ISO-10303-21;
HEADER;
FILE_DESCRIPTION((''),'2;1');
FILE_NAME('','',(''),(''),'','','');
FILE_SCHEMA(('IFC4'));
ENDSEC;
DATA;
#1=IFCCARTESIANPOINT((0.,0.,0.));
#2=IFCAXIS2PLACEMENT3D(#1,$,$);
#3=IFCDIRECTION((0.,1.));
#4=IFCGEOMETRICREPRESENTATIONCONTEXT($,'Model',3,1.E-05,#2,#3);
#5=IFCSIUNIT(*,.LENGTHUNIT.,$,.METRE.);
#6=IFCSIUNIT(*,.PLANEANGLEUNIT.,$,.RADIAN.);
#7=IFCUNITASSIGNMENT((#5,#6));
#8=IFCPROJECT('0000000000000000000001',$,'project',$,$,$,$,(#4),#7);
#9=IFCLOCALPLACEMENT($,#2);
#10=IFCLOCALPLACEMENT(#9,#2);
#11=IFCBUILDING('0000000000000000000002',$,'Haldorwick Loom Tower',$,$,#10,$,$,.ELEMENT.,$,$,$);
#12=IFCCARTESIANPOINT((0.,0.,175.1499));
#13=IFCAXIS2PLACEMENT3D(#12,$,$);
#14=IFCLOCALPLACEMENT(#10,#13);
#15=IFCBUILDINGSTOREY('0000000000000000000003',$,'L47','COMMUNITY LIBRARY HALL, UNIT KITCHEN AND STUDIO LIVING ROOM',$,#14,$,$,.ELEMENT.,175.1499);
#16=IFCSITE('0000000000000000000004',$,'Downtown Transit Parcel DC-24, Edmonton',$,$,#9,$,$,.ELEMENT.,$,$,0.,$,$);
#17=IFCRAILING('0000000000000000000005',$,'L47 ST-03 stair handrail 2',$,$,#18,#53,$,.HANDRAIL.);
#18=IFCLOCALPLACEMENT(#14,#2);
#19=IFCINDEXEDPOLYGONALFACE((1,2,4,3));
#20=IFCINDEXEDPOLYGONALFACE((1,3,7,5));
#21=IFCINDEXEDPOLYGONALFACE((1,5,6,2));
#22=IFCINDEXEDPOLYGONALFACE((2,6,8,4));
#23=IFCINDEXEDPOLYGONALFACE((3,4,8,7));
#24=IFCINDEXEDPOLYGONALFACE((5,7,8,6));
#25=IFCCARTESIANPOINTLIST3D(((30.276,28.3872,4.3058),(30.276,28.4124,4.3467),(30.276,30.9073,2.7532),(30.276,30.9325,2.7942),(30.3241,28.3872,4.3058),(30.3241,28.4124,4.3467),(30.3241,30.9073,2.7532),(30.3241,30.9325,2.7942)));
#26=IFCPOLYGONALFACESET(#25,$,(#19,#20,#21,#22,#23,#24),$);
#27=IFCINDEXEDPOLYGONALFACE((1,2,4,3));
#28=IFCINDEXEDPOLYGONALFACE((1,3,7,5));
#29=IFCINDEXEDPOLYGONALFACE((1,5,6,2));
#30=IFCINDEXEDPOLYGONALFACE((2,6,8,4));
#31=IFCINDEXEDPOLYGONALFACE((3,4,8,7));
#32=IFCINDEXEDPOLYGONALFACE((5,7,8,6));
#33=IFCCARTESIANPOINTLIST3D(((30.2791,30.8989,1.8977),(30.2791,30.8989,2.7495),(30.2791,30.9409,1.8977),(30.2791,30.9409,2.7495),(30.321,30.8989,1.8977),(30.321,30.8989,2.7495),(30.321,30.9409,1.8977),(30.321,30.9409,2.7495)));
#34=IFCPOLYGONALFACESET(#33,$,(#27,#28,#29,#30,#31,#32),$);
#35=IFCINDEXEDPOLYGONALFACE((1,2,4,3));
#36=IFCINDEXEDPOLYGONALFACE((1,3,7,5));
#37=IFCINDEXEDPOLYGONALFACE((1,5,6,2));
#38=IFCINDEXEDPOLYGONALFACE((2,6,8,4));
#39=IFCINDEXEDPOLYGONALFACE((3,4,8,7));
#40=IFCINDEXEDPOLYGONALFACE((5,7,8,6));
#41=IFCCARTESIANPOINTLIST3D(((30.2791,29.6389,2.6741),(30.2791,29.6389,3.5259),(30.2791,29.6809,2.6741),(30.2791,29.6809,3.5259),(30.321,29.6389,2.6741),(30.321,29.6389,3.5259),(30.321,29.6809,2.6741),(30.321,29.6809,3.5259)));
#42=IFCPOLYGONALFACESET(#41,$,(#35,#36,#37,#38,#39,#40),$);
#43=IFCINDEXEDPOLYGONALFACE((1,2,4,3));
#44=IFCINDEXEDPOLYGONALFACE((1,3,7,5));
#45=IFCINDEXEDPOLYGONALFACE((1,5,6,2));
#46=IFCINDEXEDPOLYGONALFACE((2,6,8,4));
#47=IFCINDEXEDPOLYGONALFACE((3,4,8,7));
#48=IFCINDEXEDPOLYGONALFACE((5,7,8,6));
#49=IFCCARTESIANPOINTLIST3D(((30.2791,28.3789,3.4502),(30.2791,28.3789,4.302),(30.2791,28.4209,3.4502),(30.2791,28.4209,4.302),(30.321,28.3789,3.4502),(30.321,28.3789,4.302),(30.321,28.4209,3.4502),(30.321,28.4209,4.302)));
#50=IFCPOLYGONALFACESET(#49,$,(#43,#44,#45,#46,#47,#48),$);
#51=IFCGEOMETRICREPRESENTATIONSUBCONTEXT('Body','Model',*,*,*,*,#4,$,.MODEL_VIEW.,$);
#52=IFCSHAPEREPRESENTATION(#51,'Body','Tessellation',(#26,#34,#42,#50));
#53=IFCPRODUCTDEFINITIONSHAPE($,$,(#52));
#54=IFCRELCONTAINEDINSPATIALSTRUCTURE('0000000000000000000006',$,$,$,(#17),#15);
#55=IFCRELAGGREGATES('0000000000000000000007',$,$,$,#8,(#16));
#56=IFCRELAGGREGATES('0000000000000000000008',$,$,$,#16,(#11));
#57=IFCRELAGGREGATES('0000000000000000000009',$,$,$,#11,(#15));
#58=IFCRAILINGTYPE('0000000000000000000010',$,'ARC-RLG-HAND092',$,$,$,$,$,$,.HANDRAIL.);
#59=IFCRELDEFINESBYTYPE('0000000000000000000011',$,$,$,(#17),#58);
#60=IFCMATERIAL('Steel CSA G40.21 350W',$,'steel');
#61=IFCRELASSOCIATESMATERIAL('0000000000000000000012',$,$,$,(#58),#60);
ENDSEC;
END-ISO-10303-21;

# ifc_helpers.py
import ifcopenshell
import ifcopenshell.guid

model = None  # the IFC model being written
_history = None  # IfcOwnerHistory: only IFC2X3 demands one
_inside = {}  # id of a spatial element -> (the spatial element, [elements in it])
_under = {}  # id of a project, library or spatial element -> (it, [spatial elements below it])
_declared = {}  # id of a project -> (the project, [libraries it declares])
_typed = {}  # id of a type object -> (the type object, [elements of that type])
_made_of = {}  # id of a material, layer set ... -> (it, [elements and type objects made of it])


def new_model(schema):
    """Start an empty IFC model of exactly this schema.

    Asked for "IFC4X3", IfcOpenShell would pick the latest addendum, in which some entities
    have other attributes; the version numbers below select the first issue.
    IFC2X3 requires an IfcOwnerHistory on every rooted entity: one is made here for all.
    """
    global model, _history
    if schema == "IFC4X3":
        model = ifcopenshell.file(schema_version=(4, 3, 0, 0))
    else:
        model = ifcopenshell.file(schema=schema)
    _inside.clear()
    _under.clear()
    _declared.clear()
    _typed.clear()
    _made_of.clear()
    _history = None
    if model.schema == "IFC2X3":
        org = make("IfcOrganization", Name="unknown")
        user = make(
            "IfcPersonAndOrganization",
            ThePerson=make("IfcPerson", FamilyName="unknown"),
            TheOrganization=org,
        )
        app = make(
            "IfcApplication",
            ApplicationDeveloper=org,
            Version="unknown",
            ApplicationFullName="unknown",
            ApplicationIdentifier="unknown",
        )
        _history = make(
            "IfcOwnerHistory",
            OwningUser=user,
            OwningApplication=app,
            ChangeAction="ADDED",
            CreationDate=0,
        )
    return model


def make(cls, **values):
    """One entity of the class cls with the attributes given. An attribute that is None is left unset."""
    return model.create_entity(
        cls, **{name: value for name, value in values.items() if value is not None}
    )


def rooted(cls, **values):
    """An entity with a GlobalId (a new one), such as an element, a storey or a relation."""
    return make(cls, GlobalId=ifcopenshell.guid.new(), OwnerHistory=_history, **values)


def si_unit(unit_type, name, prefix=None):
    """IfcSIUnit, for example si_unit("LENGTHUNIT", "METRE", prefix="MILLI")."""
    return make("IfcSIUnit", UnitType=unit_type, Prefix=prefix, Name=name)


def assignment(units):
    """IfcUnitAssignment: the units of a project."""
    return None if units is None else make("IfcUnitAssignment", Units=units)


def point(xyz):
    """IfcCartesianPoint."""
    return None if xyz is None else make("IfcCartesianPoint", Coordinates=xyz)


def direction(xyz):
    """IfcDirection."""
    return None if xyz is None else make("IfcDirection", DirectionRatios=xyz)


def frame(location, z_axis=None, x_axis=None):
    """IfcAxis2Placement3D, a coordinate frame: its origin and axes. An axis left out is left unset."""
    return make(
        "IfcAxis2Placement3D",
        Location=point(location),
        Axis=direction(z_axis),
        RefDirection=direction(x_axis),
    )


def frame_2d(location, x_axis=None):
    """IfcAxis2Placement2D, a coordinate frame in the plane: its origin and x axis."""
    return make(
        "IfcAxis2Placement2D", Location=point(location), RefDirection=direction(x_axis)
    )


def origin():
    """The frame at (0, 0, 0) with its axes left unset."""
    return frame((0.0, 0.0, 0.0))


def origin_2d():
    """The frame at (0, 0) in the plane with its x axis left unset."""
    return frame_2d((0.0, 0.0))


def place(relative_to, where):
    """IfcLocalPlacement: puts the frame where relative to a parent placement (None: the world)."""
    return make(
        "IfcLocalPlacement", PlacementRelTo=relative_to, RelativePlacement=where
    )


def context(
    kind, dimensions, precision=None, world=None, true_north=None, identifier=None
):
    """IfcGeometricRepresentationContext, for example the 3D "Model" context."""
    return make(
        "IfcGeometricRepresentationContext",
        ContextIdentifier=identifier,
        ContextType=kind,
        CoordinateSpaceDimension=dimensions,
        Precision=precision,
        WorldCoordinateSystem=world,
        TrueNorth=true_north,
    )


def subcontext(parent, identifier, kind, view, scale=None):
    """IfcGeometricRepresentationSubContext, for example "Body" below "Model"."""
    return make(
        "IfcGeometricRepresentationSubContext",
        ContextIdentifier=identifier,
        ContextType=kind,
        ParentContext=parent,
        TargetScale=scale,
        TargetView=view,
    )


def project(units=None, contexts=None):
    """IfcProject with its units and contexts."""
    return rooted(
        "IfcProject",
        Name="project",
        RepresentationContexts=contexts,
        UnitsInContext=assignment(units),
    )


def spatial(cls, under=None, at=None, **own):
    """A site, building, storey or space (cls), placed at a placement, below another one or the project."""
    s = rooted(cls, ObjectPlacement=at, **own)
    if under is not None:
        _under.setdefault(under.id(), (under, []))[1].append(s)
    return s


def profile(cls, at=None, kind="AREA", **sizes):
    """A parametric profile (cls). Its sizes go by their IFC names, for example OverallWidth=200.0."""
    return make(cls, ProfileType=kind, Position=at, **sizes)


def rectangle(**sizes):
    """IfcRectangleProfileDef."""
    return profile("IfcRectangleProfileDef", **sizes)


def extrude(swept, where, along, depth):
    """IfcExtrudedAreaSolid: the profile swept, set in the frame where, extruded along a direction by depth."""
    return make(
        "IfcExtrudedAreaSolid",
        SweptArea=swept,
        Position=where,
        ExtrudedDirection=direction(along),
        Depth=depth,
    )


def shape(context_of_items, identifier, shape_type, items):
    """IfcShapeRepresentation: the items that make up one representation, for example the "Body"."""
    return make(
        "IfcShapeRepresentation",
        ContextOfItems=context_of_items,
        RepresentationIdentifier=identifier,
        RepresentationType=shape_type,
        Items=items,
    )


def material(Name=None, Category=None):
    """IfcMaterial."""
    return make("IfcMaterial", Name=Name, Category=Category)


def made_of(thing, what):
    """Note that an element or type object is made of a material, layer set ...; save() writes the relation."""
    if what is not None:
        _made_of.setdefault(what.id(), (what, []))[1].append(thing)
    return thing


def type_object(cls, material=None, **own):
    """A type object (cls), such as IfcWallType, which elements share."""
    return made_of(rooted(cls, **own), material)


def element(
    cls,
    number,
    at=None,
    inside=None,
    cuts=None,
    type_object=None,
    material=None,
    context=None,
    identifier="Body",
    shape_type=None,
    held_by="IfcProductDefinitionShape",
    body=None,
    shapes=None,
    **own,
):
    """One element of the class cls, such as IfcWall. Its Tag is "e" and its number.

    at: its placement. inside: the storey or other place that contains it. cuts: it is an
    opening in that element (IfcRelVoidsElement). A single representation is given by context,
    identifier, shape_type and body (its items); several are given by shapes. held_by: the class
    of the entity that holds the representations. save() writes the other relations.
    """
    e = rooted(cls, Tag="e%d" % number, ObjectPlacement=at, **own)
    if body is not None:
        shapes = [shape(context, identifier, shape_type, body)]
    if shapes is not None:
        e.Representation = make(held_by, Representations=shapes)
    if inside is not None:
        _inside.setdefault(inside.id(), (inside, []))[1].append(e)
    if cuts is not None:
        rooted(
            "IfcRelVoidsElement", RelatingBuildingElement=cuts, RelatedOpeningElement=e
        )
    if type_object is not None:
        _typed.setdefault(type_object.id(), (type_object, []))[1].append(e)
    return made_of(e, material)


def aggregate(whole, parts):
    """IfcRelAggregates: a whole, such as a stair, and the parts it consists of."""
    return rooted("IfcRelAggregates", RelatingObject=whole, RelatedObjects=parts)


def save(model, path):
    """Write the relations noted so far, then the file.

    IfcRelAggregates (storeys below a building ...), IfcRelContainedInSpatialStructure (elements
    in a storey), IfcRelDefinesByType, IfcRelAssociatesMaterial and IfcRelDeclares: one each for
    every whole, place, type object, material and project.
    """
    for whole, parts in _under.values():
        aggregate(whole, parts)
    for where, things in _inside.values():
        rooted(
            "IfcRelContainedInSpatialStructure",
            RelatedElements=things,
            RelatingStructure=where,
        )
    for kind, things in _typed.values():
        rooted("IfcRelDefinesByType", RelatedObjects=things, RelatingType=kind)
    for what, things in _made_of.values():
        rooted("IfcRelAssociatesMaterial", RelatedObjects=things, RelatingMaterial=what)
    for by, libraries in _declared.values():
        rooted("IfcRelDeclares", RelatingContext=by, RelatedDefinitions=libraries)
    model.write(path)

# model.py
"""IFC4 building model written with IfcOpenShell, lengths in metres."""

from ifc_helpers import new_model, si_unit, direction, frame, origin, origin_2d, place, context, subcontext, project, spatial, rectangle, extrude, material, type_object, element, save


model = new_model("IFC4")

# Units and contexts
model_context = context("Model", 3, precision=1e-05, world=origin(), true_north=direction((0.0, 1.0)))
body_context = subcontext(model_context, "Body", "Model", "MODEL_VIEW")
ifc_project = project(units=[si_unit("LENGTHUNIT", "METRE"), si_unit("PLANEANGLEUNIT", "RADIAN")], contexts=[model_context])

# Site, building, storey
site_placement = place(None, origin())
site = spatial("IfcSite", under=ifc_project, at=site_placement, Name="Downtown Transit Parcel DC-24, Edmonton", CompositionType="ELEMENT", RefElevation=0.0)
building_placement = place(site_placement, origin())
building = spatial("IfcBuilding", under=site, at=building_placement, Name="Haldorwick Loom Tower", CompositionType="ELEMENT")
storey_placement = place(building_placement, frame((0.0, 0.0, 175.1499)))
storey = spatial("IfcBuildingStorey", under=building, at=storey_placement, Name="L47", Description="COMMUNITY LIBRARY HALL, UNIT KITCHEN AND STUDIO LIVING ROOM", CompositionType="ELEMENT", Elevation=175.1499)

# Shared definitions
ifc_material_1 = material(Name="Steel CSA G40.21 350W", Category="steel")

# Railing
railing_type_1 = type_object("IfcRailingType", Name="ARC-RLG-HAND092", PredefinedType="HANDRAIL", material=ifc_material_1)
railing_1_placement = place(storey_placement, frame((30.3, 30.9199, 1.8977)))
element("IfcRailing", 1, at=railing_1_placement, inside=storey, type_object=railing_type_1, Name="L47 ST-03 stair handrail 2", PredefinedType="HANDRAIL", context=body_context, shape_type="SweptSolid", body=[
    extrude(rectangle(XDim=0.0481, YDim=0.0481, at=origin_2d()), frame((0.0, 0.0, 0.876), z_axis=(0.0, -0.8514, 0.524516), x_axis=(1.0, 0.0, 0.0)), (0.0, 0.0, 1.0), 2.96),
    extrude(rectangle(XDim=0.042, YDim=0.042, at=origin_2d()), origin(), (0.0, 0.0, 1.0), 0.8518),
    extrude(rectangle(XDim=0.042, YDim=0.042, at=origin_2d()), frame((0.0, -1.26, 0.7764)), (0.0, 0.0, 1.0), 0.8518),
    extrude(rectangle(XDim=0.042, YDim=0.042, at=origin_2d()), frame((0.0, -2.52, 1.5525)), (0.0, 0.0, 1.0), 0.8518),
])

save(model, "model.ifc")
